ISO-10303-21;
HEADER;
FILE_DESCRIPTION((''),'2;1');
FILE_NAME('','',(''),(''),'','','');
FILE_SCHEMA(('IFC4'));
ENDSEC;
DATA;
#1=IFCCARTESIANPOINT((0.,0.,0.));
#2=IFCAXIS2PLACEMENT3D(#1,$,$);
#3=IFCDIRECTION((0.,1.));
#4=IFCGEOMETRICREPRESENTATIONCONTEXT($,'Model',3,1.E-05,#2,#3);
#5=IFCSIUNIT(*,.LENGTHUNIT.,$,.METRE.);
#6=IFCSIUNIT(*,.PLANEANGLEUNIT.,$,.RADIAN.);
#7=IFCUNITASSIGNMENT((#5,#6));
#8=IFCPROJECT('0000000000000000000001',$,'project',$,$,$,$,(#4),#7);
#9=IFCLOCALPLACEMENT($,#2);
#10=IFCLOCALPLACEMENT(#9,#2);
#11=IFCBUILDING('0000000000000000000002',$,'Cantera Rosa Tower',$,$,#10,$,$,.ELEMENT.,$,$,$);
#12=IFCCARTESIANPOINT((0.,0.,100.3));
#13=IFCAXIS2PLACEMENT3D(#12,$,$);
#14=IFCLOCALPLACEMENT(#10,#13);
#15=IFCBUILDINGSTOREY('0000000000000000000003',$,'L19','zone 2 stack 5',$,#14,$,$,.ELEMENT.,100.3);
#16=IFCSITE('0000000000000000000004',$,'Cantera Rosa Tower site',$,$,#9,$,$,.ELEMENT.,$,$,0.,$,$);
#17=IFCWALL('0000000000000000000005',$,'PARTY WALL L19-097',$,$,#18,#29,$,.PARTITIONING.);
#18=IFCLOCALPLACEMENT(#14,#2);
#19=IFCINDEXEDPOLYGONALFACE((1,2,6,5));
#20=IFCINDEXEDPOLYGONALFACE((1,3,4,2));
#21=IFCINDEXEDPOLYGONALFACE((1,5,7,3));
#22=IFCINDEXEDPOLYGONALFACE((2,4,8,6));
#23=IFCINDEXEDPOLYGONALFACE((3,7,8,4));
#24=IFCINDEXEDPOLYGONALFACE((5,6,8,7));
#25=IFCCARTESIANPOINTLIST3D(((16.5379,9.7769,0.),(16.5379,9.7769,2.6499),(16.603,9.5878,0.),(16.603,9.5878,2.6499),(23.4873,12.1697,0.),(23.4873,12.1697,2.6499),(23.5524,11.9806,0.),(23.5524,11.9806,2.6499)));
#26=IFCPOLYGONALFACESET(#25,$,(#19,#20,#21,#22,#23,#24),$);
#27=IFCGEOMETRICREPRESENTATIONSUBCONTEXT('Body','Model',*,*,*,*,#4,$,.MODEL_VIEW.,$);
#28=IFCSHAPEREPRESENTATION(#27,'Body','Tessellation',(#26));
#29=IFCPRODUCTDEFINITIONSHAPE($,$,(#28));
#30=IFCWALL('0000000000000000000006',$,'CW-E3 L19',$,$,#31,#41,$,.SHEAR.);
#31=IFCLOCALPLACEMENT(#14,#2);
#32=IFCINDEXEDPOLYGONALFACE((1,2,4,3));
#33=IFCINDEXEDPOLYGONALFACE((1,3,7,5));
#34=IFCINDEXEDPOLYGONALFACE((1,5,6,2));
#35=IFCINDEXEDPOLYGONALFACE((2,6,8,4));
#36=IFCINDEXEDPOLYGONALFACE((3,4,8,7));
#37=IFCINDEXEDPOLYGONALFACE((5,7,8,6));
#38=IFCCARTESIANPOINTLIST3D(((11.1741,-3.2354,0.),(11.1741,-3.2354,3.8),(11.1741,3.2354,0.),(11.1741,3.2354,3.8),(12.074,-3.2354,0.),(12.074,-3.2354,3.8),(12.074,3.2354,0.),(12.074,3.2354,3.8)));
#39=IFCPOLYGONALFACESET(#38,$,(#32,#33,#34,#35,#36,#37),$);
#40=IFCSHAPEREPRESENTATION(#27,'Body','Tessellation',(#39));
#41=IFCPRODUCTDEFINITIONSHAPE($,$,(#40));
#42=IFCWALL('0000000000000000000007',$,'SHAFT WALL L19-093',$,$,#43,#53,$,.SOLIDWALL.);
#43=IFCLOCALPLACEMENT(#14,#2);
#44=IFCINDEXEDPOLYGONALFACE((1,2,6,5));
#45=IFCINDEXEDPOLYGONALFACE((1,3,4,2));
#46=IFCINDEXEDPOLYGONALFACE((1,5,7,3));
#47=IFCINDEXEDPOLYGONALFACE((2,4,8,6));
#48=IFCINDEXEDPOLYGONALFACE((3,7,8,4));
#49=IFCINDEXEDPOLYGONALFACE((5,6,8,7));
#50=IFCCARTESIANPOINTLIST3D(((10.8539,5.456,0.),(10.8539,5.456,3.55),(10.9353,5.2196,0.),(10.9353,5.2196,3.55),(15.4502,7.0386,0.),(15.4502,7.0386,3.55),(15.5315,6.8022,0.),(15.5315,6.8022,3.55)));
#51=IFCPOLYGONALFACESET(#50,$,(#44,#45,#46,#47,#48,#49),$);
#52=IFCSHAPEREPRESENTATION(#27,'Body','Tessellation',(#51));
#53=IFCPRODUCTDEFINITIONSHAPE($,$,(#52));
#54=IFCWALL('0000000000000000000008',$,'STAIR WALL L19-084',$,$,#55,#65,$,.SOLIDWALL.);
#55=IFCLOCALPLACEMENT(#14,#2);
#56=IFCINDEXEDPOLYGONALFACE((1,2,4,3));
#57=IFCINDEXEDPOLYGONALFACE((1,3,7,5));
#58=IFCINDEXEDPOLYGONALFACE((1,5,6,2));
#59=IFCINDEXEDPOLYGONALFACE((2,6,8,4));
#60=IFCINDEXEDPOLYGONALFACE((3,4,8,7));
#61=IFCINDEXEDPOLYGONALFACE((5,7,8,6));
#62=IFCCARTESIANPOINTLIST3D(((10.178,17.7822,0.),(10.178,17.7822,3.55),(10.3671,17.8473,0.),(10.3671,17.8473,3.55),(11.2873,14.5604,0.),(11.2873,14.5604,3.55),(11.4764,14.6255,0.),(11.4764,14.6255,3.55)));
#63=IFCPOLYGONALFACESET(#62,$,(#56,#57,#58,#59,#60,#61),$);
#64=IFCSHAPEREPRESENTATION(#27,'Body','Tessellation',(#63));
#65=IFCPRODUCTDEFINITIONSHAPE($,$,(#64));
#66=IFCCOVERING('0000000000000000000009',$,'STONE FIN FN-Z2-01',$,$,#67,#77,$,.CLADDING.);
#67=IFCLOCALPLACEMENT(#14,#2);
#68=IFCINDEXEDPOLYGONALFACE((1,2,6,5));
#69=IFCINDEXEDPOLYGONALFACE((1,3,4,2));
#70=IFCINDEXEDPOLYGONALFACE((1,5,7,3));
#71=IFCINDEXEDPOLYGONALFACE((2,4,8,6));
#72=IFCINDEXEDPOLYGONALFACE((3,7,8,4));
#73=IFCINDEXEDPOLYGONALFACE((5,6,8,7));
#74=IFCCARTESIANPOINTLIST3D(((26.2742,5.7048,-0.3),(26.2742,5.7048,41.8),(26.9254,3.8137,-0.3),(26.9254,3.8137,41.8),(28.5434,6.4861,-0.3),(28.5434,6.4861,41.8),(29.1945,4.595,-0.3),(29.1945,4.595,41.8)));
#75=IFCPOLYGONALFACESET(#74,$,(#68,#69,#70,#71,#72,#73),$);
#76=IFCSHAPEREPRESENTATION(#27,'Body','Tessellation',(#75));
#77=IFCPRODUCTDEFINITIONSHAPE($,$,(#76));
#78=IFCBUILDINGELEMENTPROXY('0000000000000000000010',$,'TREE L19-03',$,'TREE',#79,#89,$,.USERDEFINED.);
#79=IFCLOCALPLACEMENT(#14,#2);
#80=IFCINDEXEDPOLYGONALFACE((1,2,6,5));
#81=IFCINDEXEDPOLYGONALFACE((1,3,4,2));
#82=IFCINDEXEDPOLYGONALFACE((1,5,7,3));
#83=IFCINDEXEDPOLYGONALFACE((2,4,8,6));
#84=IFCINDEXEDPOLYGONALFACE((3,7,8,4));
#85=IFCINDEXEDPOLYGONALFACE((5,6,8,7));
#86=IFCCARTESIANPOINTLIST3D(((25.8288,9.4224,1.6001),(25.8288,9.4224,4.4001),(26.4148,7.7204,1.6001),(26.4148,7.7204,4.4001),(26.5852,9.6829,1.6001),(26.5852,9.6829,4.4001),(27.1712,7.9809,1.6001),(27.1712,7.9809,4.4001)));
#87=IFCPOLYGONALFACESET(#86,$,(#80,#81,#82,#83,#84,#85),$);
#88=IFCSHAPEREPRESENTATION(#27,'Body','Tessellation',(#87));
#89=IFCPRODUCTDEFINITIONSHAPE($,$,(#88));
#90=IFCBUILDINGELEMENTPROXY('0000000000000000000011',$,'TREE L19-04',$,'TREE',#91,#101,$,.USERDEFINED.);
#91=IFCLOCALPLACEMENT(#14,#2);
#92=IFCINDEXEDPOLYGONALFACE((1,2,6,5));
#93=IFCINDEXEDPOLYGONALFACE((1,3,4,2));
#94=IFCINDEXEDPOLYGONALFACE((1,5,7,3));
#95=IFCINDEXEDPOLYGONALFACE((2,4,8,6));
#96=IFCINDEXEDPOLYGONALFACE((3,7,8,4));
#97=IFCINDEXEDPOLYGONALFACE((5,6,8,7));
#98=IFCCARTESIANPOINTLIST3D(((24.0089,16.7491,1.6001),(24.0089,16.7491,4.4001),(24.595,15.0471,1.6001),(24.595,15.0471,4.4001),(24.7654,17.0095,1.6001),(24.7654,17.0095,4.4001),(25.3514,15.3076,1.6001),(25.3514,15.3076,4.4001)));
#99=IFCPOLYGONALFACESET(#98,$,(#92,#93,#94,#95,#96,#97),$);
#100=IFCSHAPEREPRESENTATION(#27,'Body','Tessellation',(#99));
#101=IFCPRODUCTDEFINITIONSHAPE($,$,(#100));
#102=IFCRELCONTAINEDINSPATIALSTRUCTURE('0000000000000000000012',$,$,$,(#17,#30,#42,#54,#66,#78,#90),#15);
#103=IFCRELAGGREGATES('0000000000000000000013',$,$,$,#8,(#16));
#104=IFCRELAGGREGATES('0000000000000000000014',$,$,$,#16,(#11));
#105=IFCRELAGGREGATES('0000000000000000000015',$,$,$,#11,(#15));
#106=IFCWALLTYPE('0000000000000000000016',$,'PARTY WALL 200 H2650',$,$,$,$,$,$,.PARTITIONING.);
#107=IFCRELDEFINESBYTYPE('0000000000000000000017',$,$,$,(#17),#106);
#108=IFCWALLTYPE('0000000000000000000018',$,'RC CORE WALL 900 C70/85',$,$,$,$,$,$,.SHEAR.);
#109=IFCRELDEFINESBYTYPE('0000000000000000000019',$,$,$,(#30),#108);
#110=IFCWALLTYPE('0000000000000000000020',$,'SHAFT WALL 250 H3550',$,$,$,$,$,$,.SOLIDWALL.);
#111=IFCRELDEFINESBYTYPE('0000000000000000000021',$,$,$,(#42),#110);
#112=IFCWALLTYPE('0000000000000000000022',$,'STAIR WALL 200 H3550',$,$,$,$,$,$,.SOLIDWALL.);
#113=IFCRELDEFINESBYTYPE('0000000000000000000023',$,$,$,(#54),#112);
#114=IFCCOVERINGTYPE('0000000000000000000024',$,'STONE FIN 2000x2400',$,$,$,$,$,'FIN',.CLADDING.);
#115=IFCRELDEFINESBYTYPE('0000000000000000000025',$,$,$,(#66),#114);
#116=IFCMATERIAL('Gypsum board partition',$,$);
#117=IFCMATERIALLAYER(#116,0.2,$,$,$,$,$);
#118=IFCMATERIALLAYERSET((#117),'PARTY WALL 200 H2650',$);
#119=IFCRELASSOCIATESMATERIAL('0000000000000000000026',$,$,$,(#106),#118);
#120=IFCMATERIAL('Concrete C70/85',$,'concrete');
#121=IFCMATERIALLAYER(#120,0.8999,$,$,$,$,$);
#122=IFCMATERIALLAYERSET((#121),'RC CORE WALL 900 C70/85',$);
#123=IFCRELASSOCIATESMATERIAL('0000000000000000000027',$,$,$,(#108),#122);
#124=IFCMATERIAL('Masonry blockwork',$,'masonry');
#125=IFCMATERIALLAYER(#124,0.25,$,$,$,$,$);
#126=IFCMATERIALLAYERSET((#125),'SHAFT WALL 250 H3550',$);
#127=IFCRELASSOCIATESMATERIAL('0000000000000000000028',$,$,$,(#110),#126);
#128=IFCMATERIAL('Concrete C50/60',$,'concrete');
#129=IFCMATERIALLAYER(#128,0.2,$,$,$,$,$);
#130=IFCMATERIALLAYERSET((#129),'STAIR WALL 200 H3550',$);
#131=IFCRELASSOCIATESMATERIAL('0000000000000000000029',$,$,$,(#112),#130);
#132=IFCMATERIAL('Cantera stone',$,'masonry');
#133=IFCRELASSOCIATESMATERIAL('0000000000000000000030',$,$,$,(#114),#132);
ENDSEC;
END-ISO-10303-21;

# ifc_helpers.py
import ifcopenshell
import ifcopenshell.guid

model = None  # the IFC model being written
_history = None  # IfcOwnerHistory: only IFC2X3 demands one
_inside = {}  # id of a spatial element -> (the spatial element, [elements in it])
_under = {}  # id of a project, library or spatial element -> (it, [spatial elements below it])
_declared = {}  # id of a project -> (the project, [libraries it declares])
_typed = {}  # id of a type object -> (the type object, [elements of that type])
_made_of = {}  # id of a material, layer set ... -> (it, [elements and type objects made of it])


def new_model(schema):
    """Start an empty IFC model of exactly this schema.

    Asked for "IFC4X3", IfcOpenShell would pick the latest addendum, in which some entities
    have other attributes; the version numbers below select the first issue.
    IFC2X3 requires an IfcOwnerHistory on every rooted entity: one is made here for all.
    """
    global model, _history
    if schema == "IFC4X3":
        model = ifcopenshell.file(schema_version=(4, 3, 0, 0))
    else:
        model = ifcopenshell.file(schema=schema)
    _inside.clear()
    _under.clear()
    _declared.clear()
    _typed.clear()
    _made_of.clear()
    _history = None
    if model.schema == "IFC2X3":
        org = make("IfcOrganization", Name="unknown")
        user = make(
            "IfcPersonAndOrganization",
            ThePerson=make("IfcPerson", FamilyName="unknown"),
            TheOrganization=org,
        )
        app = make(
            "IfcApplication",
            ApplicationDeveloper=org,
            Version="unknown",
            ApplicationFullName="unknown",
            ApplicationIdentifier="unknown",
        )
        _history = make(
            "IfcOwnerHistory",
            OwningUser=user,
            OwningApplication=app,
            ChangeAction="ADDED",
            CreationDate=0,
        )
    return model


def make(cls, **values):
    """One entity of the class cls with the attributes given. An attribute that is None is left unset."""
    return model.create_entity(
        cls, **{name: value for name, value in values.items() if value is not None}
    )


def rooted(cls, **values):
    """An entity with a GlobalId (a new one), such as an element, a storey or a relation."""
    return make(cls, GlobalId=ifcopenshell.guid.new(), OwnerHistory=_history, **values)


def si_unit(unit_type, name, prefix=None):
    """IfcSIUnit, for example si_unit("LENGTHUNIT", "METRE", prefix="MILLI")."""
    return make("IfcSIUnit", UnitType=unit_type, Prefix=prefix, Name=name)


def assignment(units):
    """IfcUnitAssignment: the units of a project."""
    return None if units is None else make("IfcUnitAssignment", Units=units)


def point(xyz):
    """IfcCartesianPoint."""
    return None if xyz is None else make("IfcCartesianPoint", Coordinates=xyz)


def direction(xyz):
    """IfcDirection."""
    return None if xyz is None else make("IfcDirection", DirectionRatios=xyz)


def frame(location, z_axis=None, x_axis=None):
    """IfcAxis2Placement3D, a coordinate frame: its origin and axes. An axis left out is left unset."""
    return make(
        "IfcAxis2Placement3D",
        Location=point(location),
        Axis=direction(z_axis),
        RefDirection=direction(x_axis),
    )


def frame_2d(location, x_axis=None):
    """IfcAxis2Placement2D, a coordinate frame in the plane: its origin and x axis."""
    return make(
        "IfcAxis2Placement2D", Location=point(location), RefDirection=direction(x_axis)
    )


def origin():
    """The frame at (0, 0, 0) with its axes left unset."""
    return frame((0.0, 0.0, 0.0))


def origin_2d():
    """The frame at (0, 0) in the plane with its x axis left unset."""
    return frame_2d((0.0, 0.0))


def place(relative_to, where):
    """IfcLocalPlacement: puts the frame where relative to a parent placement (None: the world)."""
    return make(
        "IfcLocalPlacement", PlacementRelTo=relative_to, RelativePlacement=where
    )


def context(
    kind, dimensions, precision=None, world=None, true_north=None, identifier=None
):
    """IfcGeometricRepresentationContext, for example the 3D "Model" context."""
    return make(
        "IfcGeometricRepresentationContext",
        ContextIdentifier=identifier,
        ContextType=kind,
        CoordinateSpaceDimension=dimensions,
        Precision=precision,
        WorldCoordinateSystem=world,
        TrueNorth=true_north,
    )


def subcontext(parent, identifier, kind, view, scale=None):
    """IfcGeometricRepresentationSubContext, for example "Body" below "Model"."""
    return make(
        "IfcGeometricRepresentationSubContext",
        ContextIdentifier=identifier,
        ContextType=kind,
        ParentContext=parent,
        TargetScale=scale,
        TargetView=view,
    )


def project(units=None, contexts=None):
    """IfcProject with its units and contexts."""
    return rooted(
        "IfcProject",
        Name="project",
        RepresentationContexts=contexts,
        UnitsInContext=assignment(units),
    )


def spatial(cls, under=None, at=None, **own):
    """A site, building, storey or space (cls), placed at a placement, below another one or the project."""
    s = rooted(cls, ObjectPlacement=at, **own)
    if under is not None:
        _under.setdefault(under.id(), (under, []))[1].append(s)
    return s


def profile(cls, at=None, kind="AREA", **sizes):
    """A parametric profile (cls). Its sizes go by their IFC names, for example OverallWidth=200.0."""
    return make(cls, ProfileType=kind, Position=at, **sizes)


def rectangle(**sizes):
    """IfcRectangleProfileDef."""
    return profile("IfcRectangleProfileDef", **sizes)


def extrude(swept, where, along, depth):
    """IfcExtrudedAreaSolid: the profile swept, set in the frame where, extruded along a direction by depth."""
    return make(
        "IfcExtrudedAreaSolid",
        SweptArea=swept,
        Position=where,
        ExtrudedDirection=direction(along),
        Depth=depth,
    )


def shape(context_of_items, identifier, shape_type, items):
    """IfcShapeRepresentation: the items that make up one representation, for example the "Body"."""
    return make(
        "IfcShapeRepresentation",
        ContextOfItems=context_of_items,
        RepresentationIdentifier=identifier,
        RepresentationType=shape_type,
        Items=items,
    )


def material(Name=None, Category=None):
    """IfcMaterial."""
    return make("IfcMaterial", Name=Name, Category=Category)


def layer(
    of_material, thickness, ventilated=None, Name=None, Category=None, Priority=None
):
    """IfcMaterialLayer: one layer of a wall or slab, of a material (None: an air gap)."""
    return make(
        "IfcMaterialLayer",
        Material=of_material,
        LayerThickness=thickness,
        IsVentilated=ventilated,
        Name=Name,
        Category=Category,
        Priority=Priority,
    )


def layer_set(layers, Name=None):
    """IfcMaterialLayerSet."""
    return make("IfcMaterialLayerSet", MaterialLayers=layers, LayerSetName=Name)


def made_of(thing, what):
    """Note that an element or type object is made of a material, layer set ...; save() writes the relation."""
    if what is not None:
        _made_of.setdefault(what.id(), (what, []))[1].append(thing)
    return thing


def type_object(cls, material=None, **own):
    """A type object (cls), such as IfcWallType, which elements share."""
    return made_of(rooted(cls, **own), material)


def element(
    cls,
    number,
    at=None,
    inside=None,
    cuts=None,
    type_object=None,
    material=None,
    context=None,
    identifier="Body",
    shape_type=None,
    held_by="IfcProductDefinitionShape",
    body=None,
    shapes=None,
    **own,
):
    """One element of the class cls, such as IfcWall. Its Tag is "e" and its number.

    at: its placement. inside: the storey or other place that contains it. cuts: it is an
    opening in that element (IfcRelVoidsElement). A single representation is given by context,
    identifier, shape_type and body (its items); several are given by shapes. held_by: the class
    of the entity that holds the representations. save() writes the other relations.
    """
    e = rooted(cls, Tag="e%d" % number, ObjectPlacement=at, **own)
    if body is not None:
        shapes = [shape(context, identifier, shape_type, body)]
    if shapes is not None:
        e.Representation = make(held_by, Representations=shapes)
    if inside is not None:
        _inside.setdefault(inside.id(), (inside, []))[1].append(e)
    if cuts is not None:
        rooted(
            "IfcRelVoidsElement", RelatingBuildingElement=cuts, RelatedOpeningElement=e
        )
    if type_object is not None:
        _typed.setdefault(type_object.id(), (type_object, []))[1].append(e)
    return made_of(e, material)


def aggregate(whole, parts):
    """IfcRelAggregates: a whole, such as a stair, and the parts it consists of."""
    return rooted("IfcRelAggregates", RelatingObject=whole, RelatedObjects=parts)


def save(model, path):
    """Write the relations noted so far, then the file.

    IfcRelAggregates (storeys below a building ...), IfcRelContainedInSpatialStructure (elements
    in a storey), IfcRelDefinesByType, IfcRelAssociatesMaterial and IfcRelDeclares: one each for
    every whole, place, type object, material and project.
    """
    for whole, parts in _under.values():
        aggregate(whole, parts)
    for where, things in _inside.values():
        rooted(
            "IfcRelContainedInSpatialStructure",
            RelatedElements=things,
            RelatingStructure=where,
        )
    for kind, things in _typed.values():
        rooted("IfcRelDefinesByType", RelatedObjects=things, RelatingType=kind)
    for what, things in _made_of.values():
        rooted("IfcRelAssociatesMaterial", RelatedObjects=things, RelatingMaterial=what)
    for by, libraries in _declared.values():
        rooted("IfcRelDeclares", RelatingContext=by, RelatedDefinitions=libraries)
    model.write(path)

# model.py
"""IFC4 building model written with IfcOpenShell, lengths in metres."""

from ifc_helpers import new_model, si_unit, direction, frame, frame_2d, origin, origin_2d, place, context, subcontext, project, spatial, rectangle, extrude, material, layer, layer_set, type_object, element, save


model = new_model("IFC4")

# Units and contexts
model_context = context("Model", 3, precision=1e-05, world=origin(), true_north=direction((0.0, 1.0)))
body_context = subcontext(model_context, "Body", "Model", "MODEL_VIEW")
ifc_project = project(units=[si_unit("LENGTHUNIT", "METRE"), si_unit("PLANEANGLEUNIT", "RADIAN")], contexts=[model_context])

# Site, building, storey
site_placement = place(None, origin())
site = spatial("IfcSite", under=ifc_project, at=site_placement, Name="Cantera Rosa Tower site", CompositionType="ELEMENT", RefElevation=0.0)
building_placement = place(site_placement, origin())
building = spatial("IfcBuilding", under=site, at=building_placement, Name="Cantera Rosa Tower", CompositionType="ELEMENT")
storey_placement = place(building_placement, frame((0.0, 0.0, 100.3)))
storey = spatial("IfcBuildingStorey", under=building, at=storey_placement, Name="L19", Description="zone 2 stack 5", CompositionType="ELEMENT", Elevation=100.3)

# Walls
ifc_material_1 = material(Name="Gypsum board partition")
ifc_layer_1 = layer(ifc_material_1, 0.2)
ifc_layer_set_1 = layer_set([ifc_layer_1], Name="PARTY WALL 200 H2650")
wall_type_1 = type_object("IfcWallType", Name="PARTY WALL 200 H2650", PredefinedType="PARTITIONING", material=ifc_layer_set_1)
wall_1_placement = place(storey_placement, frame((16.5706, 9.6824, 0.0), z_axis=(0.0, 0.0, 1.0), x_axis=(0.945521, 0.32556, 0.0)))
element("IfcWall", 1, at=wall_1_placement, inside=storey, type_object=wall_type_1, Name="PARTY WALL L19-097", PredefinedType="PARTITIONING", context=body_context, shape_type="SweptSolid", body=[
    extrude(rectangle(XDim=7.3499, YDim=0.2, at=frame_2d((3.6748, 0.0))), origin(), (0.0, 0.0, 1.0), 2.6499),
])
ifc_material_2 = material(Name="Concrete C70/85", Category="concrete")
ifc_layer_2 = layer(ifc_material_2, 0.8999)
ifc_layer_set_2 = layer_set([ifc_layer_2], Name="RC CORE WALL 900 C70/85")
wall_type_2 = type_object("IfcWallType", Name="RC CORE WALL 900 C70/85", PredefinedType="SHEAR", material=ifc_layer_set_2)
wall_2_placement = place(storey_placement, frame((11.624, 3.2354, 0.0), z_axis=(0.0, 0.0, 1.0), x_axis=(0.0, -1.0, 0.0)))
element("IfcWall", 2, at=wall_2_placement, inside=storey, type_object=wall_type_2, Name="CW-E3 L19", PredefinedType="SHEAR", context=body_context, shape_type="SweptSolid", body=[
    extrude(rectangle(XDim=6.4707, YDim=0.8999, at=frame_2d((3.2354, 0.0))), origin(), (0.0, 0.0, 1.0), 3.8),
])
ifc_material_3 = material(Name="Masonry blockwork", Category="masonry")
ifc_layer_3 = layer(ifc_material_3, 0.25)
ifc_layer_set_3 = layer_set([ifc_layer_3], Name="SHAFT WALL 250 H3550")
wall_type_3 = type_object("IfcWallType", Name="SHAFT WALL 250 H3550", PredefinedType="SOLIDWALL", material=ifc_layer_set_3)
wall_3_placement = place(storey_placement, frame((15.491, 6.9204, 0.0), z_axis=(0.0, 0.0, 1.0), x_axis=(-0.945523, -0.325554, 0.0)))
element("IfcWall", 3, at=wall_3_placement, inside=storey, type_object=wall_type_3, Name="SHAFT WALL L19-093", PredefinedType="SOLIDWALL", context=body_context, shape_type="SweptSolid", body=[
    extrude(rectangle(XDim=4.8611, YDim=0.25, at=frame_2d((2.4307, 0.0))), origin(), (0.0, 0.0, 1.0), 3.55),
])
ifc_material_4 = material(Name="Concrete C50/60", Category="concrete")
ifc_layer_4 = layer(ifc_material_4, 0.2)
ifc_layer_set_4 = layer_set([ifc_layer_4], Name="STAIR WALL 200 H3550")
wall_type_4 = type_object("IfcWallType", Name="STAIR WALL 200 H3550", PredefinedType="SOLIDWALL", material=ifc_layer_set_4)
wall_4_placement = place(storey_placement, frame((11.3818, 14.593, 0.0), z_axis=(0.0, 0.0, 1.0), x_axis=(-0.325562, 0.945521, 0.0)))
element("IfcWall", 4, at=wall_4_placement, inside=storey, type_object=wall_type_4, Name="STAIR WALL L19-084", PredefinedType="SOLIDWALL", context=body_context, shape_type="SweptSolid", body=[
    extrude(rectangle(XDim=3.4075, YDim=0.2, at=frame_2d((1.7036, 0.0))), origin(), (0.0, 0.0, 1.0), 3.55),
])

# Covering
ifc_material_5 = material(Name="Cantera stone", Category="masonry")
covering_type = type_object("IfcCoveringType", Name="STONE FIN 2000x2400", ElementType="FIN", PredefinedType="CLADDING", material=ifc_material_5)
covering_placement = place(storey_placement, frame((27.7344, 5.1499, -0.3), z_axis=(0.0, 0.0, 1.0), x_axis=(-0.325568, 0.945519, 0.0)))
element("IfcCovering", 5, at=covering_placement, inside=storey, type_object=covering_type, Name="STONE FIN FN-Z2-01", PredefinedType="CLADDING", context=body_context, shape_type="SweptSolid", body=[
    extrude(rectangle(XDim=2.0, YDim=2.3999, at=origin_2d()), origin(), (0.0, 0.0, 1.0), 42.1001),
])

# Building element proxies
for number, where, z_axis, x_axis, name in (
    (6, (26.5, 8.7017, 1.6001), (0.0, 0.0, 1.0), (-0.325568, 0.945519, 0.0), "TREE L19-03"),
    (7, (24.6802, 16.0283, 1.6001), (0.0, 0.0, 1.0), (-0.325568, 0.945519, 0.0), "TREE L19-04"),
):
    element("IfcBuildingElementProxy", number, at=place(storey_placement, frame(where, z_axis=z_axis, x_axis=x_axis)), inside=storey, Name=name, ObjectType="TREE", PredefinedType="USERDEFINED", context=body_context, shape_type="SweptSolid", body=[
        extrude(rectangle(XDim=1.8, YDim=0.8, at=origin_2d()), origin(), (0.0, 0.0, 1.0), 2.8),
    ])

save(model, "model.ifc")
